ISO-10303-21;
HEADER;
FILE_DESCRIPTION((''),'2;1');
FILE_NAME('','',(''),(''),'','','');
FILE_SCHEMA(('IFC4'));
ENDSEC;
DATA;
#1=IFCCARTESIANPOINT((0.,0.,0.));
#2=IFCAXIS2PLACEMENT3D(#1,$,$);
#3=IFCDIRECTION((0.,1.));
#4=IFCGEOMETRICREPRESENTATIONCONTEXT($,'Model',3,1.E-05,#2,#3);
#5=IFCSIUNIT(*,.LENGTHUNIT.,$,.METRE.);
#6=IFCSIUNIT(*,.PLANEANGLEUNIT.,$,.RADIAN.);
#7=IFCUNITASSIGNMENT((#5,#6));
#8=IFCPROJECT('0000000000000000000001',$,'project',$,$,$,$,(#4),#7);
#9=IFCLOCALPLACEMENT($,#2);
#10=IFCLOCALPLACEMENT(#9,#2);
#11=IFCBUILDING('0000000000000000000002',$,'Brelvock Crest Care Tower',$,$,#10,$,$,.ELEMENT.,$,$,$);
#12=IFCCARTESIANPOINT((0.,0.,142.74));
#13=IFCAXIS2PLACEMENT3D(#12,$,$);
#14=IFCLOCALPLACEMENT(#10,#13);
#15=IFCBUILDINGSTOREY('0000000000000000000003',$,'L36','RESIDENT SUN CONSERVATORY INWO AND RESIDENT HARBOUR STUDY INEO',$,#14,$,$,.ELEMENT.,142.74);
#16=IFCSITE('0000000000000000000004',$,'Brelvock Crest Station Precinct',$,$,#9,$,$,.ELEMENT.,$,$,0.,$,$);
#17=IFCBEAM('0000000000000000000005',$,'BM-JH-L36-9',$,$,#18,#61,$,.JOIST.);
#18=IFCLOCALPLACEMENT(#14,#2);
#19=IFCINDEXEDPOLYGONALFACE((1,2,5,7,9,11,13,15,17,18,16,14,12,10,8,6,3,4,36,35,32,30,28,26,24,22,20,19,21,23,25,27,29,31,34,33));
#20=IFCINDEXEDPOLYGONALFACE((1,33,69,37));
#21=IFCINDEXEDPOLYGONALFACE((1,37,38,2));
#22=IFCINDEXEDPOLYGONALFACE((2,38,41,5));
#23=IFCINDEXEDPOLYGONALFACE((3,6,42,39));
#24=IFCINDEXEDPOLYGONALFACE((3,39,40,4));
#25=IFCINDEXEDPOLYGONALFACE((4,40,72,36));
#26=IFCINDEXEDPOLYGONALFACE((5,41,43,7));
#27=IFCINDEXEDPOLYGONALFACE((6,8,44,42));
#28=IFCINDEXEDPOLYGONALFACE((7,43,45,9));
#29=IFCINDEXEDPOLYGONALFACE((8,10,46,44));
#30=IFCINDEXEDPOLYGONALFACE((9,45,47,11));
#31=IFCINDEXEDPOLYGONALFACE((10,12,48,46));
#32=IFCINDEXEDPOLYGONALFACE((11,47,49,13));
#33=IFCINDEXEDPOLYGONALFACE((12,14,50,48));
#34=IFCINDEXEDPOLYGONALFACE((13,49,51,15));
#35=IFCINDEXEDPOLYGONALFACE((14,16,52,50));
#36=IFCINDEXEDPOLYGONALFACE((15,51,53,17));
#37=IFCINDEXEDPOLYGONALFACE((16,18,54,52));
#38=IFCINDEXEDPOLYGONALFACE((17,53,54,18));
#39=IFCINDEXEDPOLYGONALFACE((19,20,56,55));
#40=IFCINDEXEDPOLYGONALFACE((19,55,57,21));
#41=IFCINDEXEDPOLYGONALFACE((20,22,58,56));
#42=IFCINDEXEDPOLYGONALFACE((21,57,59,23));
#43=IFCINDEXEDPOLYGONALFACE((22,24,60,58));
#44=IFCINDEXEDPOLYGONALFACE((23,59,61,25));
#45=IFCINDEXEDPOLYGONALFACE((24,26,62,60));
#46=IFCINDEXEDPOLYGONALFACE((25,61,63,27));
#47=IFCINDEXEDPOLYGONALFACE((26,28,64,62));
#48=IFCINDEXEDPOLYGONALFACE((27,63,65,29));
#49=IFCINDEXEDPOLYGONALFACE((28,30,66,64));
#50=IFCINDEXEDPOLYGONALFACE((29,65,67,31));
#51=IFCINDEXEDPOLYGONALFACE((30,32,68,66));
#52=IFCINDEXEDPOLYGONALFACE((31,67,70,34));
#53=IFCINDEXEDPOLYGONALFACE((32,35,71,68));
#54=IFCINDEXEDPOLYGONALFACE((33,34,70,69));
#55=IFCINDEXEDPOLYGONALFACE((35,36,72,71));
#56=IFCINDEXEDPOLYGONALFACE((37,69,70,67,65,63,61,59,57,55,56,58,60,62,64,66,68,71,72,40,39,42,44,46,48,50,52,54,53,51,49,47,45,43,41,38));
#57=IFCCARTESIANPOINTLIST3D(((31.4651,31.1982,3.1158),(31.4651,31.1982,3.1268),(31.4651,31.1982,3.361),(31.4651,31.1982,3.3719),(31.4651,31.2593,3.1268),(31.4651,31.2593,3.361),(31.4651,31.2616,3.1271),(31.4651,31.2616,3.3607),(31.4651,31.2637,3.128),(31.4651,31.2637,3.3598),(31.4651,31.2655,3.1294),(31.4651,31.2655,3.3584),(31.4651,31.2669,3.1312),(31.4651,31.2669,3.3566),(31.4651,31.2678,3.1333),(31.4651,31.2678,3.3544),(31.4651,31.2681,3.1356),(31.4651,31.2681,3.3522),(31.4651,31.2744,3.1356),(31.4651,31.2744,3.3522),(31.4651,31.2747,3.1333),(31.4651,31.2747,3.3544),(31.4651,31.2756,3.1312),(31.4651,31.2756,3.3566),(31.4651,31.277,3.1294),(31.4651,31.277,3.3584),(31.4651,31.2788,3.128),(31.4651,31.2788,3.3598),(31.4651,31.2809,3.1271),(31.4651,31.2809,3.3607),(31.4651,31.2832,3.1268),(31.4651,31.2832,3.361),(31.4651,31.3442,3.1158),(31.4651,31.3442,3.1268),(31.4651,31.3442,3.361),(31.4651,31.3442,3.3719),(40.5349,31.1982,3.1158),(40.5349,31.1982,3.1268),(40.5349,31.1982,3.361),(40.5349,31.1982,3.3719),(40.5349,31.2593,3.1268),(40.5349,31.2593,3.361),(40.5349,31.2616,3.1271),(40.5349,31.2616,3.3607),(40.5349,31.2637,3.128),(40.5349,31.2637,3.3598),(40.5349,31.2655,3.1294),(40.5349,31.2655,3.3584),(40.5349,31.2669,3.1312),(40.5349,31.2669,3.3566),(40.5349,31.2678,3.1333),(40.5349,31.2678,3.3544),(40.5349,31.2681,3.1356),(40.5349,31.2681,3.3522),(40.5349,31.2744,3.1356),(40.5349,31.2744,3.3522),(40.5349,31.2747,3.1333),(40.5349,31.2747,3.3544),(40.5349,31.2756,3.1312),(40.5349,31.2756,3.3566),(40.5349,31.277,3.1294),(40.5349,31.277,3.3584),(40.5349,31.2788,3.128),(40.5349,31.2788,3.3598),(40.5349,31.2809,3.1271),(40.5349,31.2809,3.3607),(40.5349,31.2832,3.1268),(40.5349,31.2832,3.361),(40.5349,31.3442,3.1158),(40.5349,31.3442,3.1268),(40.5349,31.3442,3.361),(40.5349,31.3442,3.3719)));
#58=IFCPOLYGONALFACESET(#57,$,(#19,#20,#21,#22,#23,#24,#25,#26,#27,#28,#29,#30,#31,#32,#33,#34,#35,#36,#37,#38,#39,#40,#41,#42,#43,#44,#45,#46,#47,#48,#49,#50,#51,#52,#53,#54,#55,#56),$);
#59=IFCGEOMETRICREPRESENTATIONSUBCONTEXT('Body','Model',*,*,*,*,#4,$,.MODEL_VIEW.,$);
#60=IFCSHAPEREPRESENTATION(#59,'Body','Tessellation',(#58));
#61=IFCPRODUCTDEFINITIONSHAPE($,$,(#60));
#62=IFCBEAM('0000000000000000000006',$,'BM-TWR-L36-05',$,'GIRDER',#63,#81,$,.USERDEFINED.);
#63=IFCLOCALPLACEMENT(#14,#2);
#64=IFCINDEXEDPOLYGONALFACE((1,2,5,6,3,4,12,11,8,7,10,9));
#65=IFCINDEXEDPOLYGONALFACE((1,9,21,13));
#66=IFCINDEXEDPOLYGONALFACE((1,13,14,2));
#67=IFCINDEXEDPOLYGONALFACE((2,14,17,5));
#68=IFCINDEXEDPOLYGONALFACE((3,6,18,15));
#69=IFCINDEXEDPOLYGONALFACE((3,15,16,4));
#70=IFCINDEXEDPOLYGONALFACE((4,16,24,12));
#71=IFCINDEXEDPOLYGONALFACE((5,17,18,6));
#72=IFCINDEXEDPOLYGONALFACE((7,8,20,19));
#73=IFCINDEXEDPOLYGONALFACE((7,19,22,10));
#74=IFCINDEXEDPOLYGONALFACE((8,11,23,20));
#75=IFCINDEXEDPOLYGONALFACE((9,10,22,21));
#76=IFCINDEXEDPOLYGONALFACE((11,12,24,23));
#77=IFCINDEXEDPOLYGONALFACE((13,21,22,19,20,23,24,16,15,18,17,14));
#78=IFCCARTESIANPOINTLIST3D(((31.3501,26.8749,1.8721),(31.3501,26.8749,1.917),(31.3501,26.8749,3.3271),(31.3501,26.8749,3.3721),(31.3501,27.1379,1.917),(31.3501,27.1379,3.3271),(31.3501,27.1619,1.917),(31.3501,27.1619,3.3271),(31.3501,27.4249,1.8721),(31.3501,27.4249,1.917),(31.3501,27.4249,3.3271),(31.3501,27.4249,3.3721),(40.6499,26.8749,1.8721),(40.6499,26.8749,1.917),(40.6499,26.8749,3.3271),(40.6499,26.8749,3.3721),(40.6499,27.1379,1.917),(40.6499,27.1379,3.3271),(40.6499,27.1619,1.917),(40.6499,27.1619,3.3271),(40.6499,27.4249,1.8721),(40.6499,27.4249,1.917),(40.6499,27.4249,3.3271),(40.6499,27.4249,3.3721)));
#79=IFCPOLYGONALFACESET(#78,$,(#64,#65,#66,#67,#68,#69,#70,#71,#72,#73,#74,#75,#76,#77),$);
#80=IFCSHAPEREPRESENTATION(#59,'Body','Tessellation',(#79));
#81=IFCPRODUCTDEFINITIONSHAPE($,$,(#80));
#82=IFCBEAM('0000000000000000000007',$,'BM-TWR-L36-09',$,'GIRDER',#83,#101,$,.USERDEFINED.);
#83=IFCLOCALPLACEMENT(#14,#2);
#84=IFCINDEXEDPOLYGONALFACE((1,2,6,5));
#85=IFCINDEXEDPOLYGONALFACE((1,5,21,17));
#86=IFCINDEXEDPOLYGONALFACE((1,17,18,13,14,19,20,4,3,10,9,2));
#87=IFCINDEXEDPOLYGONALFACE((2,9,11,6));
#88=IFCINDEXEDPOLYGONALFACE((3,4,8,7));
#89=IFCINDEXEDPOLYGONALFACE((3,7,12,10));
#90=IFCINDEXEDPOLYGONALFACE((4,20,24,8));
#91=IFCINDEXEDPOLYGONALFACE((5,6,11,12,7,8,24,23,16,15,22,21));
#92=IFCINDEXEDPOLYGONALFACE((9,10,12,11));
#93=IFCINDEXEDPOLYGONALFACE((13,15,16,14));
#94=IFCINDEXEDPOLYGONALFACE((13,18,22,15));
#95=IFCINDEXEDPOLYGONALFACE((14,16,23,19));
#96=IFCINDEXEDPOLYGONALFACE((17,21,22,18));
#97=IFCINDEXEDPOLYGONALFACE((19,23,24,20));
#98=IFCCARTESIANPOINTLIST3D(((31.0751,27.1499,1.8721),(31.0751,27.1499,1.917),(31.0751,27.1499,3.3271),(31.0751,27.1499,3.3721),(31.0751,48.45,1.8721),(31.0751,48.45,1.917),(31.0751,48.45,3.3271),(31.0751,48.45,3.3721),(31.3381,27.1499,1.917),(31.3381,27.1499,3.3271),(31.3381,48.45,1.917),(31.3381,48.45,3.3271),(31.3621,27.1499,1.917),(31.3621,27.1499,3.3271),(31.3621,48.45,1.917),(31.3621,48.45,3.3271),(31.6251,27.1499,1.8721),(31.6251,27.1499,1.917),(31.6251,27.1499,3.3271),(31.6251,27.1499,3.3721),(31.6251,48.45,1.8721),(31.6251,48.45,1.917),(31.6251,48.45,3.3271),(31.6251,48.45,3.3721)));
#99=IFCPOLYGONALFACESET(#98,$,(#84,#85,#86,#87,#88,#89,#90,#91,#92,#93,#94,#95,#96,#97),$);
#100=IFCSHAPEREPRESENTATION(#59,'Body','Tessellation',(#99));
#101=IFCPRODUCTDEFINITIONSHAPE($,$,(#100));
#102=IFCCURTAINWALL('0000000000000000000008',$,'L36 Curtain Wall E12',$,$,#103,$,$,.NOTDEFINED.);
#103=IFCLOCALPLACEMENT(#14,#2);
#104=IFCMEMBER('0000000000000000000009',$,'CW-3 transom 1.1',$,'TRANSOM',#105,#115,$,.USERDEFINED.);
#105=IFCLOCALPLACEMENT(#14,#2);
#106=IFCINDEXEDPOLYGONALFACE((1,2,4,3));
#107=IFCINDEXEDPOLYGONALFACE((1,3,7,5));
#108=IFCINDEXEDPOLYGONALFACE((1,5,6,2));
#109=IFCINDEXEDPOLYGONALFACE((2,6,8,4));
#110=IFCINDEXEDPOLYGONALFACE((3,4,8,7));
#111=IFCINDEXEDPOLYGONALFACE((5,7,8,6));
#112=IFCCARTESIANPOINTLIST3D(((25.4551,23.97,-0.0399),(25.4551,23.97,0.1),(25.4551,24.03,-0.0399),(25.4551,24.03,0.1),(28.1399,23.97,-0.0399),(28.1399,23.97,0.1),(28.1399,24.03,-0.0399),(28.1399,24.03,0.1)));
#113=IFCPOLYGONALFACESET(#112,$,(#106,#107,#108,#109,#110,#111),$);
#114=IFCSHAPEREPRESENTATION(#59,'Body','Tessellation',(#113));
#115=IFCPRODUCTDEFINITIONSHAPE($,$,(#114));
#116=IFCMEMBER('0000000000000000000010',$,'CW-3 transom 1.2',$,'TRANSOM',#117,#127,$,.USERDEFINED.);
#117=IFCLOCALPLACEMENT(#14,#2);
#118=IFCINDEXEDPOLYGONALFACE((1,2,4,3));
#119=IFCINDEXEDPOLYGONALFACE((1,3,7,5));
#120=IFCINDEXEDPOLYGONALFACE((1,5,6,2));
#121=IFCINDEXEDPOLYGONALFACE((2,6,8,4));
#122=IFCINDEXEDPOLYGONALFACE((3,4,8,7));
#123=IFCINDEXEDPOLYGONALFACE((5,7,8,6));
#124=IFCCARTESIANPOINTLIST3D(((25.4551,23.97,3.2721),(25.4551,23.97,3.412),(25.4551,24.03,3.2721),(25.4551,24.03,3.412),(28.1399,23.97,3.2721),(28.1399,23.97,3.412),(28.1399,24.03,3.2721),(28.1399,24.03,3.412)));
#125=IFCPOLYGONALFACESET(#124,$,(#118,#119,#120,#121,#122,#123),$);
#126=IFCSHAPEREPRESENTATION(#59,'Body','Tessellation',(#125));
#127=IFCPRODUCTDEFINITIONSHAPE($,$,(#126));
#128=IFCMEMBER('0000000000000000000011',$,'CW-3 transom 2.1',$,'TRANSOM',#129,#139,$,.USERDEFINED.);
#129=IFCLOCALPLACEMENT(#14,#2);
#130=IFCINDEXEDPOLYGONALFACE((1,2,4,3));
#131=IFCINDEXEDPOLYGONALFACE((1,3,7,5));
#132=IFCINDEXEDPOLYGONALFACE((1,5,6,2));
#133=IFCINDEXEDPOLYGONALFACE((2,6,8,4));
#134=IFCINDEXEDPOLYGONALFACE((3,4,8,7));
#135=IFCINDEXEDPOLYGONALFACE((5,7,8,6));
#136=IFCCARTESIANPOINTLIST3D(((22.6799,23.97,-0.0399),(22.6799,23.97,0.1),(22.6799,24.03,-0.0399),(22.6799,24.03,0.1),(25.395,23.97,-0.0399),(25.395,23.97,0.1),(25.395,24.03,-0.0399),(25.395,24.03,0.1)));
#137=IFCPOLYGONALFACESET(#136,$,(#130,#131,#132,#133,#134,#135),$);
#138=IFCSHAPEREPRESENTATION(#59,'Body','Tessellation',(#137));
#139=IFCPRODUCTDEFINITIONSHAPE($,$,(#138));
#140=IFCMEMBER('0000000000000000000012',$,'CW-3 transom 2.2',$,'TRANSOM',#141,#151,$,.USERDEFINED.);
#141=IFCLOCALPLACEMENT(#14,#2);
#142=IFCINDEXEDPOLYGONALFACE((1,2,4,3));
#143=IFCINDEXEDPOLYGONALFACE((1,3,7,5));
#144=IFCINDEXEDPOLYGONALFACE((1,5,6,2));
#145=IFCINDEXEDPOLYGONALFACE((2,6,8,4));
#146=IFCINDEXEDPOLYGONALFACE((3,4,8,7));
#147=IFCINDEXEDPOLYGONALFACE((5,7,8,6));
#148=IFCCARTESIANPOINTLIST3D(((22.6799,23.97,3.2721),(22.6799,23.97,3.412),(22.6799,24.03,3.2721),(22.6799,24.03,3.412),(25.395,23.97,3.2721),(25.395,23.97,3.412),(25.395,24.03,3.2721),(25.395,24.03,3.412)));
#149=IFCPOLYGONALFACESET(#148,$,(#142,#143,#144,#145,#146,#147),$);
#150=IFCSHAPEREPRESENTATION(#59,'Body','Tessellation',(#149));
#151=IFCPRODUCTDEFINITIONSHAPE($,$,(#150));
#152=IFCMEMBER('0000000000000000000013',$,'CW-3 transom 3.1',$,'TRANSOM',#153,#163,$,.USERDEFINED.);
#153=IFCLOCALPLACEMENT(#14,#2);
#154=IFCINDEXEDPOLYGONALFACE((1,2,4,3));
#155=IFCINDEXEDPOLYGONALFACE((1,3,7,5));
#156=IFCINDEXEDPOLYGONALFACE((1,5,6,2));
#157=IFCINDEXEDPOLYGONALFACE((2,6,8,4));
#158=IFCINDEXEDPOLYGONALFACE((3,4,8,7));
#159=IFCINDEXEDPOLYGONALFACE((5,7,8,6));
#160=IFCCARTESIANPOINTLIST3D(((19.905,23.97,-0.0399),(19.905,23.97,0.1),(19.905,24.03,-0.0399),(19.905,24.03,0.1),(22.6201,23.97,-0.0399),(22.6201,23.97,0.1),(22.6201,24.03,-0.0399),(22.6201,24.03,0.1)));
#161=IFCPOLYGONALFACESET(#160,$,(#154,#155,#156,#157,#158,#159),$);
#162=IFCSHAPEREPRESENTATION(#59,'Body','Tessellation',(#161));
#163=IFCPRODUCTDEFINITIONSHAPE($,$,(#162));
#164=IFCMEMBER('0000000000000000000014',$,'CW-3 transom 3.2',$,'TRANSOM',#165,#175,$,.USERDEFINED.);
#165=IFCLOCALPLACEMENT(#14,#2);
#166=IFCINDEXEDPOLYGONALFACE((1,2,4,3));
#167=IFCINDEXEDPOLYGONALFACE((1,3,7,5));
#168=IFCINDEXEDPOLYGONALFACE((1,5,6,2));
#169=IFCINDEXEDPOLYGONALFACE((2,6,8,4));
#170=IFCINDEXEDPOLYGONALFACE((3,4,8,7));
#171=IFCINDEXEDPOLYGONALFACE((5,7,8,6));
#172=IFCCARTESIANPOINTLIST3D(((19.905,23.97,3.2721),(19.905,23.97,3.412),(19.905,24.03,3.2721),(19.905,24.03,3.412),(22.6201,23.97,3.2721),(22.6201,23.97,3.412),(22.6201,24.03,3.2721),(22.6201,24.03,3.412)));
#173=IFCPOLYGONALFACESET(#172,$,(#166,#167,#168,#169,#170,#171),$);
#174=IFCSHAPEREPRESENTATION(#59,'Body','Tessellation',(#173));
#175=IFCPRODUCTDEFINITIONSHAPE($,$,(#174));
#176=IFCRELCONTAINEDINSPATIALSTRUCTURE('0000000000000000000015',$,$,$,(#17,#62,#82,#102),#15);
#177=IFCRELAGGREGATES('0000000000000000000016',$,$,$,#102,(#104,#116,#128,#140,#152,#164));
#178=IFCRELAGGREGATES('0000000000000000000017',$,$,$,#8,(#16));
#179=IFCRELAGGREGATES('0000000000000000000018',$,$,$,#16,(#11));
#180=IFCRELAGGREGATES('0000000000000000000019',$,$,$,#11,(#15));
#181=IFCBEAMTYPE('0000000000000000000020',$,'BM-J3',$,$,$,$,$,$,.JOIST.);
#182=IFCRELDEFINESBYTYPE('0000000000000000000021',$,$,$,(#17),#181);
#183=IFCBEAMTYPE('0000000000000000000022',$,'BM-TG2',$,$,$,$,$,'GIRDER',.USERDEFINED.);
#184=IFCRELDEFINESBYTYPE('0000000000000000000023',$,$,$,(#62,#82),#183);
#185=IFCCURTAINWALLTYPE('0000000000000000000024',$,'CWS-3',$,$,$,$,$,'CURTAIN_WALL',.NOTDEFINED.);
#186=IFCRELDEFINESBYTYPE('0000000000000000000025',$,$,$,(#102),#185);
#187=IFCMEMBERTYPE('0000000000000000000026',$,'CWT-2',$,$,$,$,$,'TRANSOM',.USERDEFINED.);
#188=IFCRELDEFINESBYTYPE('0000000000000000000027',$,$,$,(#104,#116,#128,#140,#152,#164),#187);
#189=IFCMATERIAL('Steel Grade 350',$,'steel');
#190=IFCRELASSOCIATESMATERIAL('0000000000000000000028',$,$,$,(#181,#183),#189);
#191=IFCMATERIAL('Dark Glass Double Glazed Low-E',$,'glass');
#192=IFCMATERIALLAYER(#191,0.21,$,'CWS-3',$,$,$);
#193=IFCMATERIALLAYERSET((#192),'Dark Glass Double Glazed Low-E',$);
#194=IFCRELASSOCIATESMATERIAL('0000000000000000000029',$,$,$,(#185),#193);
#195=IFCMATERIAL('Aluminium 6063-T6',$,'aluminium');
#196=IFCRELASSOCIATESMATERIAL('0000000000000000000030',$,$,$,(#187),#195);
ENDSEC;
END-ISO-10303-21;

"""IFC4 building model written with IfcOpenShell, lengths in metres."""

from ifc_helpers import new_model, si_unit, direction, frame, origin, origin_2d, place, context, subcontext, project, spatial, rectangle, i_section, extrude, source, transform, mapped, material, layer, layer_set, material_profile, profile_set, type_object, element, aggregate, save


model = new_model("IFC4")

# Units and contexts
model_context = context("Model", 3, precision=1e-05, world=origin(), true_north=direction((0.0, 1.0)))
body_context = subcontext(model_context, "Body", "Model", "MODEL_VIEW")
ifc_project = project(units=[si_unit("LENGTHUNIT", "METRE"), si_unit("PLANEANGLEUNIT", "RADIAN")], contexts=[model_context])

# Site, building, storey
site_placement = place(None, origin())
site = spatial("IfcSite", under=ifc_project, at=site_placement, Name="Brelvock Crest Station Precinct", CompositionType="ELEMENT", RefElevation=0.0)
building_placement = place(site_placement, origin())
building = spatial("IfcBuilding", under=site, at=building_placement, Name="Brelvock Crest Care Tower", CompositionType="ELEMENT")
storey_placement = place(building_placement, frame((0.0, 0.0, 142.74)))
storey = spatial("IfcBuildingStorey", under=building, at=storey_placement, Name="L36", Description="RESIDENT SUN CONSERVATORY INWO AND RESIDENT HARBOUR STUDY INEO", CompositionType="ELEMENT", Elevation=142.74)

# Shared definitions
ifc_material_1 = material(Name="Steel Grade 350", Category="steel")

# Beams
ifc_material_profile_1 = material_profile(ifc_material_1, i_section(OverallWidth=0.146, OverallDepth=0.2561, WebThickness=0.0063, FlangeThickness=0.011, FilletRadius=0.0088, at=origin_2d()), Name="250UB37.3")
ifc_profile_set_1 = profile_set([ifc_material_profile_1], Name="Steel Grade 350")
beam_type_1 = type_object("IfcBeamType", Name="BM-J3", PredefinedType="JOIST", material=ifc_profile_set_1)
shared_shape_1 = source(origin(), body_context, "Body", "SweptSolid", [
    extrude(i_section(OverallWidth=0.146, OverallDepth=0.2561, WebThickness=0.0063, FlangeThickness=0.011, FilletRadius=0.0088, at=origin_2d()), origin(), (0.0, 0.0, 1.0), 9.0698),
])
for number, where, z_axis, x_axis, name in (
    (1, (31.4651, 31.2712, 3.2439), (1.0, 0.0, 0.0), (0.0, 1.0, 0.0), "BM-JH-L36-9"),
):
    element("IfcBeam", number, at=place(storey_placement, frame(where, z_axis=z_axis, x_axis=x_axis)), inside=storey, type_object=beam_type_1, Name=name, PredefinedType="JOIST", context=body_context, shape_type="MappedRepresentation", body=[
        mapped(shared_shape_1, transform((0.0, 0.0, 0.0), x_axis=(1.0, 0.0, 0.0), y_axis=(0.0, 1.0, 0.0), z_axis=(0.0, 0.0, 1.0), scale=1.0)),
    ])
ifc_material_profile_2 = material_profile(ifc_material_1, i_section(OverallWidth=0.55, OverallDepth=1.5, WebThickness=0.0239, FlangeThickness=0.0449, at=origin_2d()), Name="1500TG580")
ifc_profile_set_2 = profile_set([ifc_material_profile_2], Name="Steel Grade 350")
beam_type_2 = type_object("IfcBeamType", Name="BM-TG2", ElementType="GIRDER", PredefinedType="USERDEFINED", material=ifc_profile_set_2)
shared_shape_2 = source(origin(), body_context, "Body", "SweptSolid", [
    extrude(i_section(OverallWidth=0.55, OverallDepth=1.5, WebThickness=0.0239, FlangeThickness=0.0449, at=origin_2d()), origin(), (0.0, 0.0, 1.0), 9.2998),
])
beam_1_placement = place(storey_placement, frame((31.3501, 27.1499, 2.6221), z_axis=(1.0, 0.0, 0.0), x_axis=(0.0, 1.0, 0.0)))
element("IfcBeam", 2, at=beam_1_placement, inside=storey, type_object=beam_type_2, Name="BM-TWR-L36-05", ObjectType="GIRDER", PredefinedType="USERDEFINED", context=body_context, shape_type="MappedRepresentation", body=[
    mapped(shared_shape_2, transform((0.0, 0.0, 0.0), x_axis=(1.0, 0.0, 0.0), y_axis=(0.0, 1.0, 0.0), z_axis=(0.0, 0.0, 1.0), scale=1.0)),
])
shared_shape_3 = source(origin(), body_context, "Body", "SweptSolid", [
    extrude(i_section(OverallWidth=0.55, OverallDepth=1.5, WebThickness=0.0239, FlangeThickness=0.0449, at=origin_2d()), origin(), (0.0, 0.0, 1.0), 21.3),
])
beam_2_placement = place(storey_placement, frame((31.3501, 27.1499, 2.6221), z_axis=(0.0, 1.0, 0.0), x_axis=(-1.0, 0.0, 0.0)))
element("IfcBeam", 3, at=beam_2_placement, inside=storey, type_object=beam_type_2, Name="BM-TWR-L36-09", ObjectType="GIRDER", PredefinedType="USERDEFINED", context=body_context, shape_type="MappedRepresentation", body=[
    mapped(shared_shape_3, transform((0.0, 0.0, 0.0), x_axis=(1.0, 0.0, 0.0), y_axis=(0.0, 1.0, 0.0), z_axis=(0.0, 0.0, 1.0), scale=1.0)),
])

# Curtain wall, members
ifc_material_2 = material(Name="Dark Glass Double Glazed Low-E", Category="glass")
ifc_layer_1 = layer(ifc_material_2, 0.21, Name="CWS-3")
ifc_layer_set_1 = layer_set([ifc_layer_1], Name="Dark Glass Double Glazed Low-E")
curtain_wall_type = type_object("IfcCurtainWallType", Name="CWS-3", ElementType="CURTAIN_WALL", PredefinedType="NOTDEFINED", material=ifc_layer_set_1)
curtain_wall_placement = place(storey_placement, origin())
curtain_wall = element("IfcCurtainWall", 4, at=curtain_wall_placement, inside=storey, type_object=curtain_wall_type, Name="L36 Curtain Wall E12", PredefinedType="NOTDEFINED")
ifc_material_3 = material(Name="Aluminium 6063-T6", Category="aluminium")
ifc_material_profile_3 = material_profile(ifc_material_3, rectangle(XDim=0.0601, YDim=0.1399, at=origin_2d()), Name="ALU60x140")
ifc_profile_set_3 = profile_set([ifc_material_profile_3], Name="Aluminium 6063-T6")
member_type_1 = type_object("IfcMemberType", Name="CWT-2", ElementType="TRANSOM", PredefinedType="USERDEFINED", material=ifc_profile_set_3)
shared_shape_4 = source(origin(), body_context, "Body", "SweptSolid", [
    extrude(rectangle(XDim=0.0601, YDim=0.1399, at=origin_2d()), origin(), (0.0, 0.0, 1.0), 2.6848),
])
member_1_placement = place(storey_placement, frame((28.1399, 24.0, 0.03), z_axis=(-1.0, 0.0, 0.0), x_axis=(0.0, -1.0, 0.0)))
member_1 = element("IfcMember", 5, at=member_1_placement, type_object=member_type_1, Name="CW-3 transom 1.1", ObjectType="TRANSOM", PredefinedType="USERDEFINED", context=body_context, shape_type="MappedRepresentation", body=[
    mapped(shared_shape_4, transform((0.0, 0.0, 0.0), x_axis=(1.0, 0.0, 0.0), y_axis=(0.0, 1.0, 0.0), z_axis=(0.0, 0.0, 1.0), scale=1.0)),
])
member_2_placement = place(storey_placement, frame((28.1399, 24.0, 3.342), z_axis=(-1.0, 0.0, 0.0), x_axis=(0.0, -1.0, 0.0)))
member_2 = element("IfcMember", 6, at=member_2_placement, type_object=member_type_1, Name="CW-3 transom 1.2", ObjectType="TRANSOM", PredefinedType="USERDEFINED", context=body_context, shape_type="MappedRepresentation", body=[
    mapped(shared_shape_4, transform((0.0, 0.0, 0.0), x_axis=(1.0, 0.0, 0.0), y_axis=(0.0, 1.0, 0.0), z_axis=(0.0, 0.0, 1.0), scale=1.0)),
])
shared_shape_5 = source(origin(), body_context, "Body", "SweptSolid", [
    extrude(rectangle(XDim=0.0601, YDim=0.1399, at=origin_2d()), origin(), (0.0, 0.0, 1.0), 2.7151),
])
member_3_placement = place(storey_placement, frame((25.395, 24.0, 0.03), z_axis=(-1.0, 0.0, 0.0), x_axis=(0.0, -1.0, 0.0)))
member_3 = element("IfcMember", 7, at=member_3_placement, type_object=member_type_1, Name="CW-3 transom 2.1", ObjectType="TRANSOM", PredefinedType="USERDEFINED", context=body_context, shape_type="MappedRepresentation", body=[
    mapped(shared_shape_5, transform((0.0, 0.0, 0.0), x_axis=(1.0, 0.0, 0.0), y_axis=(0.0, 1.0, 0.0), z_axis=(0.0, 0.0, 1.0), scale=1.0)),
])
member_4_placement = place(storey_placement, frame((25.395, 24.0, 3.342), z_axis=(-1.0, 0.0, 0.0), x_axis=(0.0, -1.0, 0.0)))
member_4 = element("IfcMember", 8, at=member_4_placement, type_object=member_type_1, Name="CW-3 transom 2.2", ObjectType="TRANSOM", PredefinedType="USERDEFINED", context=body_context, shape_type="MappedRepresentation", body=[
    mapped(shared_shape_5, transform((0.0, 0.0, 0.0), x_axis=(1.0, 0.0, 0.0), y_axis=(0.0, 1.0, 0.0), z_axis=(0.0, 0.0, 1.0), scale=1.0)),
])
member_5_placement = place(storey_placement, frame((22.6201, 24.0, 0.03), z_axis=(-1.0, 0.0, 0.0), x_axis=(0.0, -1.0, 0.0)))
member_5 = element("IfcMember", 9, at=member_5_placement, type_object=member_type_1, Name="CW-3 transom 3.1", ObjectType="TRANSOM", PredefinedType="USERDEFINED", context=body_context, shape_type="MappedRepresentation", body=[
    mapped(shared_shape_5, transform((0.0, 0.0, 0.0), x_axis=(1.0, 0.0, 0.0), y_axis=(0.0, 1.0, 0.0), z_axis=(0.0, 0.0, 1.0), scale=1.0)),
])
member_6_placement = place(storey_placement, frame((22.6201, 24.0, 3.342), z_axis=(-1.0, 0.0, 0.0), x_axis=(0.0, -1.0, 0.0)))
member_6 = element("IfcMember", 10, at=member_6_placement, type_object=member_type_1, Name="CW-3 transom 3.2", ObjectType="TRANSOM", PredefinedType="USERDEFINED", context=body_context, shape_type="MappedRepresentation", body=[
    mapped(shared_shape_5, transform((0.0, 0.0, 0.0), x_axis=(1.0, 0.0, 0.0), y_axis=(0.0, 1.0, 0.0), z_axis=(0.0, 0.0, 1.0), scale=1.0)),
])
aggregate(curtain_wall, [member_1, member_2, member_3, member_4, member_5, member_6])

save(model, "model.ifc")
